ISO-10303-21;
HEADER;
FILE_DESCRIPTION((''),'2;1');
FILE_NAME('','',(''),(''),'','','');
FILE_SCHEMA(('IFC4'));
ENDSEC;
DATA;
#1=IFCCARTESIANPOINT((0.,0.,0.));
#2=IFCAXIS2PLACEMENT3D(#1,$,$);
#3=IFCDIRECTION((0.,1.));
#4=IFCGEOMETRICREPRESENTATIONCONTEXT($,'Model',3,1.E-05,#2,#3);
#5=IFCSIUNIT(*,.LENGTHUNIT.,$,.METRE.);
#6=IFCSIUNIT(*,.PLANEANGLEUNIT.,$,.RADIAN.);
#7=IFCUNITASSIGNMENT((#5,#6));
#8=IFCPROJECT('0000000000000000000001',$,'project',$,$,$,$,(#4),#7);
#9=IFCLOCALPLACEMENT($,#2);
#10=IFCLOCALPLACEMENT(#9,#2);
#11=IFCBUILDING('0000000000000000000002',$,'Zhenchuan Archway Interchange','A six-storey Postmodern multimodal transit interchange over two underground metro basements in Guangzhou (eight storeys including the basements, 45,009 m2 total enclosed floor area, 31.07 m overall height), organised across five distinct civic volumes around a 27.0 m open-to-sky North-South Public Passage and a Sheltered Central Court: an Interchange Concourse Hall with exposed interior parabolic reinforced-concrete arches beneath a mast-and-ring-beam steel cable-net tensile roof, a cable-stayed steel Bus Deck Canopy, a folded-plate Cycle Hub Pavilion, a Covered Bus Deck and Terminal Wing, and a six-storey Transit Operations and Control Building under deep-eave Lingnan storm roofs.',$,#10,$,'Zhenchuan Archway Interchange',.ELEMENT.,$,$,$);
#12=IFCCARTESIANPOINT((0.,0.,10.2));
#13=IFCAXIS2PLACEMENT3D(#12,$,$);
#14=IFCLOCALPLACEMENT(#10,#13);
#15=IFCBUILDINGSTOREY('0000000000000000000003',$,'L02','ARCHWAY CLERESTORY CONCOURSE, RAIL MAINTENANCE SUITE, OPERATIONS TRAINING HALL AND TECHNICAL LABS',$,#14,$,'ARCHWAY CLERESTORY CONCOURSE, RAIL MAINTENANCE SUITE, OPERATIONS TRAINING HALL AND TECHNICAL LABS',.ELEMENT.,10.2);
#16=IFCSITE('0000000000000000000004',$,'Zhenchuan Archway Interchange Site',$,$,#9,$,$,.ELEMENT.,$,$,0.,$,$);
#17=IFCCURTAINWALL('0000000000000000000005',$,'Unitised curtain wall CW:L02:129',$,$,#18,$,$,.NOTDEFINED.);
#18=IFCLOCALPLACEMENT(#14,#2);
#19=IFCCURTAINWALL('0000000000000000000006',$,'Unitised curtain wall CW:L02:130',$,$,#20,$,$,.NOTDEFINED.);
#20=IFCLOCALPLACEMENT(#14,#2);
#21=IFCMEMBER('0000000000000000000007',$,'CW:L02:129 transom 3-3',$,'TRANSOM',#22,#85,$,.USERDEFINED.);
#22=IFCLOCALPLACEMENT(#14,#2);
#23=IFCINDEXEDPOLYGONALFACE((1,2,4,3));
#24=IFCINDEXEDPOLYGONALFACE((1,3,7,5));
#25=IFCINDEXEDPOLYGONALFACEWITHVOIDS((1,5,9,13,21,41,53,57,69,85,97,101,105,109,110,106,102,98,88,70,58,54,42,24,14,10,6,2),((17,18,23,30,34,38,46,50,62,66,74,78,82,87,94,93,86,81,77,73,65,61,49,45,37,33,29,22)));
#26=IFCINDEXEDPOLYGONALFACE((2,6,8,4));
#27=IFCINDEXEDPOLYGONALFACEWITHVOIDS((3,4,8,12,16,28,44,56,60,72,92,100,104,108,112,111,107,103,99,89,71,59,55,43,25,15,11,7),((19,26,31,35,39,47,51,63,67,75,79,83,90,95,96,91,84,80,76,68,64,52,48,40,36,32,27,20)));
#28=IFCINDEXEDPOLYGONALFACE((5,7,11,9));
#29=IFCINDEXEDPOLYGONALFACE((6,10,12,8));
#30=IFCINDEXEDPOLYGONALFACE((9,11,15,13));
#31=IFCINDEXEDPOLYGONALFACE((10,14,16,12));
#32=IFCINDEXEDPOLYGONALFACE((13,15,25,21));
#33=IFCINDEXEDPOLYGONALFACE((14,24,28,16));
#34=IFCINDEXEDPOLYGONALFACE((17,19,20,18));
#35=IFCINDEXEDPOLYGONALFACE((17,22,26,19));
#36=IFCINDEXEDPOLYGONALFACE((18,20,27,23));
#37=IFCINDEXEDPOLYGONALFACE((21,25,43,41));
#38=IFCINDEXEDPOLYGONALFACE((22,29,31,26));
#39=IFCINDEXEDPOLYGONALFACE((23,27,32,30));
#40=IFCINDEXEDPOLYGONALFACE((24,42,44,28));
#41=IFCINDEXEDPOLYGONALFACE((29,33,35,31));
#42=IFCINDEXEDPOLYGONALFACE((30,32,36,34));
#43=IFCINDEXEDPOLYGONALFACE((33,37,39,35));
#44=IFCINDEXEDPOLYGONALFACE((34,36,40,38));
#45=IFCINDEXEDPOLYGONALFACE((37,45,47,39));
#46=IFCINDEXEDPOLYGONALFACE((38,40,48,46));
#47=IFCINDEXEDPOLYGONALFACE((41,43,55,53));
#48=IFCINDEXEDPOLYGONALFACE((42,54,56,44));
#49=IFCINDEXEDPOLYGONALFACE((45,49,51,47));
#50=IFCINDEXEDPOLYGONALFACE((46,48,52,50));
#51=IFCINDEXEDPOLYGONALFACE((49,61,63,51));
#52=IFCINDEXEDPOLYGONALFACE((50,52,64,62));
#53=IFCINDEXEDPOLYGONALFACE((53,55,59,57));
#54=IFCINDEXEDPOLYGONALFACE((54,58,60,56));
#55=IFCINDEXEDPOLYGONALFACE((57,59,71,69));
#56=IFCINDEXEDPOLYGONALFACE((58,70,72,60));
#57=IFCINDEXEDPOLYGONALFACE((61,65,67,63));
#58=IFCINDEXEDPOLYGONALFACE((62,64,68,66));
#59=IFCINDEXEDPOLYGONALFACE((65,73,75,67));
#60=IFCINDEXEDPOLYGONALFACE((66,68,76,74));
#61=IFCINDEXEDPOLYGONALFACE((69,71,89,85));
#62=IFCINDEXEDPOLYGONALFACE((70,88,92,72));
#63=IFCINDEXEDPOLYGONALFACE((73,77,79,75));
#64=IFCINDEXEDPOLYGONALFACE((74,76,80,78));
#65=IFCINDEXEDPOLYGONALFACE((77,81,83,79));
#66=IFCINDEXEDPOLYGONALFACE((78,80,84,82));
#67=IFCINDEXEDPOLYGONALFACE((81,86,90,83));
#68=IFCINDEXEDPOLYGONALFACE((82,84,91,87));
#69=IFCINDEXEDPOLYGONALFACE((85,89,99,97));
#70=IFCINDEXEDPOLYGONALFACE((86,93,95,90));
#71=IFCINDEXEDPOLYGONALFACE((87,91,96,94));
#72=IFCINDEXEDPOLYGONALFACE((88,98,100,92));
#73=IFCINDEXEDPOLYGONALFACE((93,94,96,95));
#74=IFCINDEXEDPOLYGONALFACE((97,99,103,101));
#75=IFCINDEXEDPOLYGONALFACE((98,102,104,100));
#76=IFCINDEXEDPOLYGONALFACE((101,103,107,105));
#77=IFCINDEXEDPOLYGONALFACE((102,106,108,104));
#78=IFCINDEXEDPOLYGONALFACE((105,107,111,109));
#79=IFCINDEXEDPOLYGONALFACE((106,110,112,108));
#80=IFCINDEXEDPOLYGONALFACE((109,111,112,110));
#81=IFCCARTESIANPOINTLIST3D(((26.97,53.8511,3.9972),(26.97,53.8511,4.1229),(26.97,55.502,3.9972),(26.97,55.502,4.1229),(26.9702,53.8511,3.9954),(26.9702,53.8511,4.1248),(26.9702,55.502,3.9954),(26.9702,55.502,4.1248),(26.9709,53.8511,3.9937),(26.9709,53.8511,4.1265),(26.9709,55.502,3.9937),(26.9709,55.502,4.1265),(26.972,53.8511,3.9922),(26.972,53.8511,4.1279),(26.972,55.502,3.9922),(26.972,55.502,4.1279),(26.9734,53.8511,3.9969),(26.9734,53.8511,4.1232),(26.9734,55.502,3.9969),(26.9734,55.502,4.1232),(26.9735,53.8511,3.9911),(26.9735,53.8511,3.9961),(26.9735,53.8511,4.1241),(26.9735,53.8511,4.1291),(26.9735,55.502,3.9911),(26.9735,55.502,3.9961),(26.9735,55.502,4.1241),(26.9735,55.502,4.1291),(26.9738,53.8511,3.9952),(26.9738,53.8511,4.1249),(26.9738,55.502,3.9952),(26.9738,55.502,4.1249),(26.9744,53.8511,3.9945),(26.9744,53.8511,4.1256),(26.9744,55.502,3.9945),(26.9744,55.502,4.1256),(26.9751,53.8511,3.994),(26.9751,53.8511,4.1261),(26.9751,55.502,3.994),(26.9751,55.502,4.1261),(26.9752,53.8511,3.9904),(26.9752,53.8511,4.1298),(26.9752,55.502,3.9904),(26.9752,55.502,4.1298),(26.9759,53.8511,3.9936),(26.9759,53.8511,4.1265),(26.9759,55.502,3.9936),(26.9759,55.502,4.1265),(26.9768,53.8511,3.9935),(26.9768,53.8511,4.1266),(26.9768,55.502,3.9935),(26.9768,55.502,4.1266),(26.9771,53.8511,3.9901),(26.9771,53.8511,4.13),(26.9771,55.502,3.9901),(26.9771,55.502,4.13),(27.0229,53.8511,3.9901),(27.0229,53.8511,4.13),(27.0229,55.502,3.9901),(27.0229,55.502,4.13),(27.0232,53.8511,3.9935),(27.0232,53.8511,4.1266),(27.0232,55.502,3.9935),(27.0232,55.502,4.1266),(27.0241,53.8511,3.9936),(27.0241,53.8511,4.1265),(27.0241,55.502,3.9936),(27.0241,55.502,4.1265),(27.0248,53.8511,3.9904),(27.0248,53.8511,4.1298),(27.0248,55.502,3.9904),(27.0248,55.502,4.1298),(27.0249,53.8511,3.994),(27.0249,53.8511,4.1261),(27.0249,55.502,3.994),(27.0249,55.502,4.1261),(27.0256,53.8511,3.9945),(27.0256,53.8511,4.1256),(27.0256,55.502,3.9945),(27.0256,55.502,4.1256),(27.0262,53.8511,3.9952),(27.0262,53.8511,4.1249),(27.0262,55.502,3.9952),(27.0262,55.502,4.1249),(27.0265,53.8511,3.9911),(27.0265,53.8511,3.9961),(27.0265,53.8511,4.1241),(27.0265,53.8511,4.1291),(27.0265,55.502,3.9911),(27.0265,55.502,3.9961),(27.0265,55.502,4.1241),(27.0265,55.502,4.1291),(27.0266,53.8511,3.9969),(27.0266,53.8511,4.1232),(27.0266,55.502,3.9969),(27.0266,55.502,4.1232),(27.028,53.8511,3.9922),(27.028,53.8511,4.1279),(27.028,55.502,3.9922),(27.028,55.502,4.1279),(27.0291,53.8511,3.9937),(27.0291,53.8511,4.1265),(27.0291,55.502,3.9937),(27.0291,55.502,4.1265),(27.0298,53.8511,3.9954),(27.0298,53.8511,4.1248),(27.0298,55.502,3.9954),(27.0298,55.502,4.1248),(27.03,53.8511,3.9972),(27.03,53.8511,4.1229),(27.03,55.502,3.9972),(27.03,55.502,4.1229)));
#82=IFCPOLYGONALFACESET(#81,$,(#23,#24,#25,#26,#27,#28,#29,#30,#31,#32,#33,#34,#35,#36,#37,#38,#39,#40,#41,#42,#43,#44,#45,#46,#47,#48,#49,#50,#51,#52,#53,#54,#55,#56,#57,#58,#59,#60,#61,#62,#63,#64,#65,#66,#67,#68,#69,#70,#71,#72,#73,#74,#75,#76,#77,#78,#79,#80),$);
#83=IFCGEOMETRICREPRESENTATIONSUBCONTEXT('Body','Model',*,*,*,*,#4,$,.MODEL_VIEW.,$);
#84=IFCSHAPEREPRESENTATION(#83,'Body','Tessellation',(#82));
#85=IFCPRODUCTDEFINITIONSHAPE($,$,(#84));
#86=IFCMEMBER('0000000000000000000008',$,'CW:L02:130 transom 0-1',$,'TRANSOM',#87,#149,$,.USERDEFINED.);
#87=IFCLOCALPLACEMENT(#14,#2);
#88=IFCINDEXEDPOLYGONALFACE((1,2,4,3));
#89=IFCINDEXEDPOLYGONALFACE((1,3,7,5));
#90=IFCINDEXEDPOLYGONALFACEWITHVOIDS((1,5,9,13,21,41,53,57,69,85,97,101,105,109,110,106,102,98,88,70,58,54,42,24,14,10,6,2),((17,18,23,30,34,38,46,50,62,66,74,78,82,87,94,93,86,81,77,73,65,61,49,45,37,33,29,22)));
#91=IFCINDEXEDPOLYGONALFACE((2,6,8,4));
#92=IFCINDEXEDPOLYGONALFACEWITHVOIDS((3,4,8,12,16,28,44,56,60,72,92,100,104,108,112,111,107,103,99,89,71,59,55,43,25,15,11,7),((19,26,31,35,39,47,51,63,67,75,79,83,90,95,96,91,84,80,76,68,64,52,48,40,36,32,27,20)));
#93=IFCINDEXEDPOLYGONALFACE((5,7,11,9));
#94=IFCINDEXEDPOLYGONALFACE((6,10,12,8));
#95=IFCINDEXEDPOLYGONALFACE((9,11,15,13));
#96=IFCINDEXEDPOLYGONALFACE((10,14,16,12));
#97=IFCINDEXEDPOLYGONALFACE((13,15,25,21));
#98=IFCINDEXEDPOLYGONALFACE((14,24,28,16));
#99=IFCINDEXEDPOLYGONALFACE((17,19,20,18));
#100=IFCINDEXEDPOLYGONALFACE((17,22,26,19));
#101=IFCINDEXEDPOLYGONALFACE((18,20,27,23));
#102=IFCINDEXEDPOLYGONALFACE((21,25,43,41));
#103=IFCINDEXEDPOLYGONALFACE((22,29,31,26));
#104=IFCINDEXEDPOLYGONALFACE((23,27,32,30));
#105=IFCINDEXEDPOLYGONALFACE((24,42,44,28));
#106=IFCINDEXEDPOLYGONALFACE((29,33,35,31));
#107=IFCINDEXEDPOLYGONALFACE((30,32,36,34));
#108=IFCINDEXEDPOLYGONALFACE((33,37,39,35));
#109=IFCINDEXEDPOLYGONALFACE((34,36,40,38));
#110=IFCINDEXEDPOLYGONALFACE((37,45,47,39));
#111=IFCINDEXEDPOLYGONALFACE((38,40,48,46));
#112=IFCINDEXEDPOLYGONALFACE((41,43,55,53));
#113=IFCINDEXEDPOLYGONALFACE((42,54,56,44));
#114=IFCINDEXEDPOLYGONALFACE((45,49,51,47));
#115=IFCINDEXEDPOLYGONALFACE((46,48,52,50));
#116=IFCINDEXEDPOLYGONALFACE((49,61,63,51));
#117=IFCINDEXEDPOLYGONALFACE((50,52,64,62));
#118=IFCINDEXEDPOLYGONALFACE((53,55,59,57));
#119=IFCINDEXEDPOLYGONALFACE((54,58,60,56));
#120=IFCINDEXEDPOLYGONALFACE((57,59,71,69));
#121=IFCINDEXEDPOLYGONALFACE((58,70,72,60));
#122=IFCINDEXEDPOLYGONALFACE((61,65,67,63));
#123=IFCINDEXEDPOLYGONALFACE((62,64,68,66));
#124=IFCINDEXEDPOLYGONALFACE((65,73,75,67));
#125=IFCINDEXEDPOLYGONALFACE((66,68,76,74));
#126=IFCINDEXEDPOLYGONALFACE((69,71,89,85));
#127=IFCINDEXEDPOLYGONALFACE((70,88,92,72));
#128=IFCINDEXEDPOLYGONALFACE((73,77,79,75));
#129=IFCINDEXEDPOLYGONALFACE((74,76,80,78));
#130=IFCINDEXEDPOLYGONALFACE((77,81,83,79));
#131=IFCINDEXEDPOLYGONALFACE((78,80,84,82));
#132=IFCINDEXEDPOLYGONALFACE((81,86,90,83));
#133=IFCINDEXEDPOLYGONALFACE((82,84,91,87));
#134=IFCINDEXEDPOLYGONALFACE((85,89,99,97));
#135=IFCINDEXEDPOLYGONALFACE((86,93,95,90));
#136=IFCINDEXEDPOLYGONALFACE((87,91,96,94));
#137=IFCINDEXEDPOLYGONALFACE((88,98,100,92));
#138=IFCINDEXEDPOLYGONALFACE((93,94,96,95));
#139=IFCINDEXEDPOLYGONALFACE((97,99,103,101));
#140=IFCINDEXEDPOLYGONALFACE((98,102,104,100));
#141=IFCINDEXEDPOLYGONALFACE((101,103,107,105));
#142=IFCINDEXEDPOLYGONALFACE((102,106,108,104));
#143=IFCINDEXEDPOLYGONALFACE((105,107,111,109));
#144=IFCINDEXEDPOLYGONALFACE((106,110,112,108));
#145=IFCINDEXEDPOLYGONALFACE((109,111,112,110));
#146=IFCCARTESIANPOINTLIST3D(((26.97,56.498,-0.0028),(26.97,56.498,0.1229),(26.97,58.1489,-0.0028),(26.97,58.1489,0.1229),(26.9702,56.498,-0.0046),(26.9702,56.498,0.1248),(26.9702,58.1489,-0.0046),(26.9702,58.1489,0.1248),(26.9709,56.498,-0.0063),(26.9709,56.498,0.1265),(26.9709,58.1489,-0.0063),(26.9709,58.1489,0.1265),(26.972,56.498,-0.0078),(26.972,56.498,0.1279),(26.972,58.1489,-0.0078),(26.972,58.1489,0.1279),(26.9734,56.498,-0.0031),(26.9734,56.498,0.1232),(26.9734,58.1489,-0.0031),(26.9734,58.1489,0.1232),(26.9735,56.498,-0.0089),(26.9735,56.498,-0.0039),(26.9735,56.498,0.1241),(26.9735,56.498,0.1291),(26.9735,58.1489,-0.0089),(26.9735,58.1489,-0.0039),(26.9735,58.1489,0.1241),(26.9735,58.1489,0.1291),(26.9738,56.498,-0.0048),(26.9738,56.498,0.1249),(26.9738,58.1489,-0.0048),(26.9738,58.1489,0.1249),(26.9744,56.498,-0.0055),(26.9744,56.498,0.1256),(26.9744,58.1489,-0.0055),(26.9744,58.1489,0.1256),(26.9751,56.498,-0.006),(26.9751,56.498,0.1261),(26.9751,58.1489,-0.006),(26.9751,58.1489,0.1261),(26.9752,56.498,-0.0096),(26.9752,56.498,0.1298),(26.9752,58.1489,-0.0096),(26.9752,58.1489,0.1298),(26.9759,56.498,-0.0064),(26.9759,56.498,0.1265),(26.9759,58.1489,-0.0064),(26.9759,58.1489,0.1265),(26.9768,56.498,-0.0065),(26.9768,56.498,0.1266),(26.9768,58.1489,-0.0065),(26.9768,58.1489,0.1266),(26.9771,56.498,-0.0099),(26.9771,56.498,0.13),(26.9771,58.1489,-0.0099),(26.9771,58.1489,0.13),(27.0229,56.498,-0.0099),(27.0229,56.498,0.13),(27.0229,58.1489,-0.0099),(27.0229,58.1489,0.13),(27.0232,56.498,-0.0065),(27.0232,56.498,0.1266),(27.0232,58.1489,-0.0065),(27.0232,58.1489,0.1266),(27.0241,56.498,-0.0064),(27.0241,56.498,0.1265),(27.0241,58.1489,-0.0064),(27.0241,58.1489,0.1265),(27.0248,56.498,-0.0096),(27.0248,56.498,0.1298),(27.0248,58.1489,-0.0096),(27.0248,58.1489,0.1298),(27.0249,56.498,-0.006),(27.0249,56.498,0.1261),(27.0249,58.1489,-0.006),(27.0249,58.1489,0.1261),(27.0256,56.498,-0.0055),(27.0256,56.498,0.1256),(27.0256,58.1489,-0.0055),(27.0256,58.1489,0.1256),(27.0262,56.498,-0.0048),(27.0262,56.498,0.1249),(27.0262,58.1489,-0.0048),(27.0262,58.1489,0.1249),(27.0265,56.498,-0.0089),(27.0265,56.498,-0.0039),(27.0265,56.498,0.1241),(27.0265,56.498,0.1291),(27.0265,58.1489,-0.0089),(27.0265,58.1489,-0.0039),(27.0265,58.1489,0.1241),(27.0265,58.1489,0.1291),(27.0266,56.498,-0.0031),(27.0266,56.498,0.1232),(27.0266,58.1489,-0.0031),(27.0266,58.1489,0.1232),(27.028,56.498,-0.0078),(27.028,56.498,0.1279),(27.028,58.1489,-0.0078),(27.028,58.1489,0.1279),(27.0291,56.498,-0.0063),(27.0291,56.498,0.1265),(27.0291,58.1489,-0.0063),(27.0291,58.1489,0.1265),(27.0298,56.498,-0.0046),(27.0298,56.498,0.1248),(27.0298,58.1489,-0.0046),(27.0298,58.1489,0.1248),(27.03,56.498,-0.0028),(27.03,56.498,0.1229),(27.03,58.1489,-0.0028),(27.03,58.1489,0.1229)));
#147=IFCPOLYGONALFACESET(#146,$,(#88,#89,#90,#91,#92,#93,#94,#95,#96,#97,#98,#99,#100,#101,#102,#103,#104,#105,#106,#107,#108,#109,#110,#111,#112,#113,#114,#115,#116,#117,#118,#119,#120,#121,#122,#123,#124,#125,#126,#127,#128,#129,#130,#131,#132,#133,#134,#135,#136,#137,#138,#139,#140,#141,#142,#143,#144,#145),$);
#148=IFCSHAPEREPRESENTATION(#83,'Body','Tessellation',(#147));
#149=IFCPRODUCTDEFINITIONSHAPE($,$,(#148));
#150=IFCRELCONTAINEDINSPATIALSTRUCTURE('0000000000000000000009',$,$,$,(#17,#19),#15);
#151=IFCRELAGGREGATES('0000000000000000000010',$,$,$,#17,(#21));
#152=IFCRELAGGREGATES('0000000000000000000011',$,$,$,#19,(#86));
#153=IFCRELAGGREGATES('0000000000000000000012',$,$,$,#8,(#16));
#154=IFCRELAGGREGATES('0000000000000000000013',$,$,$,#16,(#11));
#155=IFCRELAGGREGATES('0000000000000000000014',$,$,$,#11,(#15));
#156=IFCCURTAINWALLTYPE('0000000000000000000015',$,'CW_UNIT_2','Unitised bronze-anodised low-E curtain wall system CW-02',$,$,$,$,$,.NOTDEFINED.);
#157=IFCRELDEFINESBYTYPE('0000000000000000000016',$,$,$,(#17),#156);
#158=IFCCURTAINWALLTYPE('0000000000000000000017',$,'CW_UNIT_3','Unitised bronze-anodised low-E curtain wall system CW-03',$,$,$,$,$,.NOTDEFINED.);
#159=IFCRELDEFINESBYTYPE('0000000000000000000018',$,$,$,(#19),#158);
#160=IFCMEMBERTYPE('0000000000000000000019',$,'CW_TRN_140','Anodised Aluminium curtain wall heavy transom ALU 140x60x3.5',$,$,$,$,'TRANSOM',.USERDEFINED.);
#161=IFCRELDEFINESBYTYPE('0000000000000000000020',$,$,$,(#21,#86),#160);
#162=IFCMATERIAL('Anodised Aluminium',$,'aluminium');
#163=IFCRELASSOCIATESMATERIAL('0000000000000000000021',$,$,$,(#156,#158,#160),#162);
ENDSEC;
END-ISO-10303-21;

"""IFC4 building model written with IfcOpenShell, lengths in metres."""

from ifc_helpers import new_model, si_unit, direction, frame, origin, origin_2d, place, context, subcontext, project, spatial, hollow_rectangle, extrude, material, material_profile, profile_set, type_object, element, aggregate, save


model = new_model("IFC4")

# Units and contexts
model_context = context("Model", 3, precision=1e-05, world=origin(), true_north=direction((0.0, 1.0)))
body_context = subcontext(model_context, "Body", "Model", "MODEL_VIEW")
ifc_project = project(units=[si_unit("LENGTHUNIT", "METRE"), si_unit("PLANEANGLEUNIT", "RADIAN")], contexts=[model_context])

# Site, building, storey
site_placement = place(None, origin())
site = spatial("IfcSite", under=ifc_project, at=site_placement, Name="Zhenchuan Archway Interchange Site", CompositionType="ELEMENT", RefElevation=0.0)
building_placement = place(site_placement, origin())
building = spatial("IfcBuilding", under=site, at=building_placement, Name="Zhenchuan Archway Interchange", Description="A six-storey Postmodern multimodal transit interchange over two underground metro basements in Guangzhou (eight storeys including the basements, 45,009 m2 total enclosed floor area, 31.07 m overall height), organised across five distinct civic volumes around a 27.0 m open-to-sky North-South Public Passage and a Sheltered Central Court: an Interchange Concourse Hall with exposed interior parabolic reinforced-concrete arches beneath a mast-and-ring-beam steel cable-net tensile roof, a cable-stayed steel Bus Deck Canopy, a folded-plate Cycle Hub Pavilion, a Covered Bus Deck and Terminal Wing, and a six-storey Transit Operations and Control Building under deep-eave Lingnan storm roofs.", LongName="Zhenchuan Archway Interchange", CompositionType="ELEMENT")
storey_placement = place(building_placement, frame((0.0, 0.0, 10.2)))
storey = spatial("IfcBuildingStorey", under=building, at=storey_placement, Name="L02", Description="ARCHWAY CLERESTORY CONCOURSE, RAIL MAINTENANCE SUITE, OPERATIONS TRAINING HALL AND TECHNICAL LABS", LongName="ARCHWAY CLERESTORY CONCOURSE, RAIL MAINTENANCE SUITE, OPERATIONS TRAINING HALL AND TECHNICAL LABS", CompositionType="ELEMENT", Elevation=10.2)

# Curtain wall
ifc_material_1 = material(Name="Anodised Aluminium", Category="aluminium")
curtain_wall_type_1 = type_object("IfcCurtainWallType", Name="CW_UNIT_2", Description="Unitised bronze-anodised low-E curtain wall system CW-02", PredefinedType="NOTDEFINED", material=ifc_material_1)
curtain_wall_1_placement = place(storey_placement, origin())
curtain_wall_1 = element("IfcCurtainWall", 1, at=curtain_wall_1_placement, inside=storey, type_object=curtain_wall_type_1, Name="Unitised curtain wall CW:L02:129", PredefinedType="NOTDEFINED")

# Curtain wall
curtain_wall_type_2 = type_object("IfcCurtainWallType", Name="CW_UNIT_3", Description="Unitised bronze-anodised low-E curtain wall system CW-03", PredefinedType="NOTDEFINED", material=ifc_material_1)
curtain_wall_2_placement = place(storey_placement, origin())
curtain_wall_2 = element("IfcCurtainWall", 2, at=curtain_wall_2_placement, inside=storey, type_object=curtain_wall_type_2, Name="Unitised curtain wall CW:L02:130", PredefinedType="NOTDEFINED")

# Members
ifc_material_profile_1 = material_profile(ifc_material_1, hollow_rectangle(XDim=0.0601, YDim=0.1399, WallThickness=0.0034, InnerFilletRadius=0.0034, OuterFilletRadius=0.0071, at=origin_2d()), Name="ALU 140x60x3.5")
ifc_profile_set_1 = profile_set([ifc_material_profile_1], Name="Anodised Aluminium")
member_type_1 = type_object("IfcMemberType", Name="CW_TRN_140", Description="Anodised Aluminium curtain wall heavy transom ALU 140x60x3.5", ElementType="TRANSOM", PredefinedType="USERDEFINED", material=ifc_profile_set_1)
member_1_placement = place(storey_placement, frame((27.0, 53.8511, 4.0601), z_axis=(0.0, 1.0, 0.0), x_axis=(-1.0, 0.0, 0.0)))
member_1 = element("IfcMember", 3, at=member_1_placement, type_object=member_type_1, Name="CW:L02:129 transom 3-3", ObjectType="TRANSOM", PredefinedType="USERDEFINED", context=body_context, shape_type="SweptSolid", body=[
    extrude(hollow_rectangle(XDim=0.0601, YDim=0.1399, WallThickness=0.0034, InnerFilletRadius=0.0034, OuterFilletRadius=0.0071, at=origin_2d()), origin(), (0.0, 0.0, 1.0), 1.6509),
])
member_2_placement = place(storey_placement, frame((27.0, 56.498, 0.0601), z_axis=(0.0, 1.0, 0.0), x_axis=(-1.0, 0.0, 0.0)))
member_2 = element("IfcMember", 4, at=member_2_placement, type_object=member_type_1, Name="CW:L02:130 transom 0-1", ObjectType="TRANSOM", PredefinedType="USERDEFINED", context=body_context, shape_type="SweptSolid", body=[
    extrude(hollow_rectangle(XDim=0.0601, YDim=0.1399, WallThickness=0.0034, InnerFilletRadius=0.0034, OuterFilletRadius=0.0071, at=origin_2d()), origin(), (0.0, 0.0, 1.0), 1.6509),
])

aggregate(curtain_wall_1, [member_1])
aggregate(curtain_wall_2, [member_2])

save(model, "model.ifc")
